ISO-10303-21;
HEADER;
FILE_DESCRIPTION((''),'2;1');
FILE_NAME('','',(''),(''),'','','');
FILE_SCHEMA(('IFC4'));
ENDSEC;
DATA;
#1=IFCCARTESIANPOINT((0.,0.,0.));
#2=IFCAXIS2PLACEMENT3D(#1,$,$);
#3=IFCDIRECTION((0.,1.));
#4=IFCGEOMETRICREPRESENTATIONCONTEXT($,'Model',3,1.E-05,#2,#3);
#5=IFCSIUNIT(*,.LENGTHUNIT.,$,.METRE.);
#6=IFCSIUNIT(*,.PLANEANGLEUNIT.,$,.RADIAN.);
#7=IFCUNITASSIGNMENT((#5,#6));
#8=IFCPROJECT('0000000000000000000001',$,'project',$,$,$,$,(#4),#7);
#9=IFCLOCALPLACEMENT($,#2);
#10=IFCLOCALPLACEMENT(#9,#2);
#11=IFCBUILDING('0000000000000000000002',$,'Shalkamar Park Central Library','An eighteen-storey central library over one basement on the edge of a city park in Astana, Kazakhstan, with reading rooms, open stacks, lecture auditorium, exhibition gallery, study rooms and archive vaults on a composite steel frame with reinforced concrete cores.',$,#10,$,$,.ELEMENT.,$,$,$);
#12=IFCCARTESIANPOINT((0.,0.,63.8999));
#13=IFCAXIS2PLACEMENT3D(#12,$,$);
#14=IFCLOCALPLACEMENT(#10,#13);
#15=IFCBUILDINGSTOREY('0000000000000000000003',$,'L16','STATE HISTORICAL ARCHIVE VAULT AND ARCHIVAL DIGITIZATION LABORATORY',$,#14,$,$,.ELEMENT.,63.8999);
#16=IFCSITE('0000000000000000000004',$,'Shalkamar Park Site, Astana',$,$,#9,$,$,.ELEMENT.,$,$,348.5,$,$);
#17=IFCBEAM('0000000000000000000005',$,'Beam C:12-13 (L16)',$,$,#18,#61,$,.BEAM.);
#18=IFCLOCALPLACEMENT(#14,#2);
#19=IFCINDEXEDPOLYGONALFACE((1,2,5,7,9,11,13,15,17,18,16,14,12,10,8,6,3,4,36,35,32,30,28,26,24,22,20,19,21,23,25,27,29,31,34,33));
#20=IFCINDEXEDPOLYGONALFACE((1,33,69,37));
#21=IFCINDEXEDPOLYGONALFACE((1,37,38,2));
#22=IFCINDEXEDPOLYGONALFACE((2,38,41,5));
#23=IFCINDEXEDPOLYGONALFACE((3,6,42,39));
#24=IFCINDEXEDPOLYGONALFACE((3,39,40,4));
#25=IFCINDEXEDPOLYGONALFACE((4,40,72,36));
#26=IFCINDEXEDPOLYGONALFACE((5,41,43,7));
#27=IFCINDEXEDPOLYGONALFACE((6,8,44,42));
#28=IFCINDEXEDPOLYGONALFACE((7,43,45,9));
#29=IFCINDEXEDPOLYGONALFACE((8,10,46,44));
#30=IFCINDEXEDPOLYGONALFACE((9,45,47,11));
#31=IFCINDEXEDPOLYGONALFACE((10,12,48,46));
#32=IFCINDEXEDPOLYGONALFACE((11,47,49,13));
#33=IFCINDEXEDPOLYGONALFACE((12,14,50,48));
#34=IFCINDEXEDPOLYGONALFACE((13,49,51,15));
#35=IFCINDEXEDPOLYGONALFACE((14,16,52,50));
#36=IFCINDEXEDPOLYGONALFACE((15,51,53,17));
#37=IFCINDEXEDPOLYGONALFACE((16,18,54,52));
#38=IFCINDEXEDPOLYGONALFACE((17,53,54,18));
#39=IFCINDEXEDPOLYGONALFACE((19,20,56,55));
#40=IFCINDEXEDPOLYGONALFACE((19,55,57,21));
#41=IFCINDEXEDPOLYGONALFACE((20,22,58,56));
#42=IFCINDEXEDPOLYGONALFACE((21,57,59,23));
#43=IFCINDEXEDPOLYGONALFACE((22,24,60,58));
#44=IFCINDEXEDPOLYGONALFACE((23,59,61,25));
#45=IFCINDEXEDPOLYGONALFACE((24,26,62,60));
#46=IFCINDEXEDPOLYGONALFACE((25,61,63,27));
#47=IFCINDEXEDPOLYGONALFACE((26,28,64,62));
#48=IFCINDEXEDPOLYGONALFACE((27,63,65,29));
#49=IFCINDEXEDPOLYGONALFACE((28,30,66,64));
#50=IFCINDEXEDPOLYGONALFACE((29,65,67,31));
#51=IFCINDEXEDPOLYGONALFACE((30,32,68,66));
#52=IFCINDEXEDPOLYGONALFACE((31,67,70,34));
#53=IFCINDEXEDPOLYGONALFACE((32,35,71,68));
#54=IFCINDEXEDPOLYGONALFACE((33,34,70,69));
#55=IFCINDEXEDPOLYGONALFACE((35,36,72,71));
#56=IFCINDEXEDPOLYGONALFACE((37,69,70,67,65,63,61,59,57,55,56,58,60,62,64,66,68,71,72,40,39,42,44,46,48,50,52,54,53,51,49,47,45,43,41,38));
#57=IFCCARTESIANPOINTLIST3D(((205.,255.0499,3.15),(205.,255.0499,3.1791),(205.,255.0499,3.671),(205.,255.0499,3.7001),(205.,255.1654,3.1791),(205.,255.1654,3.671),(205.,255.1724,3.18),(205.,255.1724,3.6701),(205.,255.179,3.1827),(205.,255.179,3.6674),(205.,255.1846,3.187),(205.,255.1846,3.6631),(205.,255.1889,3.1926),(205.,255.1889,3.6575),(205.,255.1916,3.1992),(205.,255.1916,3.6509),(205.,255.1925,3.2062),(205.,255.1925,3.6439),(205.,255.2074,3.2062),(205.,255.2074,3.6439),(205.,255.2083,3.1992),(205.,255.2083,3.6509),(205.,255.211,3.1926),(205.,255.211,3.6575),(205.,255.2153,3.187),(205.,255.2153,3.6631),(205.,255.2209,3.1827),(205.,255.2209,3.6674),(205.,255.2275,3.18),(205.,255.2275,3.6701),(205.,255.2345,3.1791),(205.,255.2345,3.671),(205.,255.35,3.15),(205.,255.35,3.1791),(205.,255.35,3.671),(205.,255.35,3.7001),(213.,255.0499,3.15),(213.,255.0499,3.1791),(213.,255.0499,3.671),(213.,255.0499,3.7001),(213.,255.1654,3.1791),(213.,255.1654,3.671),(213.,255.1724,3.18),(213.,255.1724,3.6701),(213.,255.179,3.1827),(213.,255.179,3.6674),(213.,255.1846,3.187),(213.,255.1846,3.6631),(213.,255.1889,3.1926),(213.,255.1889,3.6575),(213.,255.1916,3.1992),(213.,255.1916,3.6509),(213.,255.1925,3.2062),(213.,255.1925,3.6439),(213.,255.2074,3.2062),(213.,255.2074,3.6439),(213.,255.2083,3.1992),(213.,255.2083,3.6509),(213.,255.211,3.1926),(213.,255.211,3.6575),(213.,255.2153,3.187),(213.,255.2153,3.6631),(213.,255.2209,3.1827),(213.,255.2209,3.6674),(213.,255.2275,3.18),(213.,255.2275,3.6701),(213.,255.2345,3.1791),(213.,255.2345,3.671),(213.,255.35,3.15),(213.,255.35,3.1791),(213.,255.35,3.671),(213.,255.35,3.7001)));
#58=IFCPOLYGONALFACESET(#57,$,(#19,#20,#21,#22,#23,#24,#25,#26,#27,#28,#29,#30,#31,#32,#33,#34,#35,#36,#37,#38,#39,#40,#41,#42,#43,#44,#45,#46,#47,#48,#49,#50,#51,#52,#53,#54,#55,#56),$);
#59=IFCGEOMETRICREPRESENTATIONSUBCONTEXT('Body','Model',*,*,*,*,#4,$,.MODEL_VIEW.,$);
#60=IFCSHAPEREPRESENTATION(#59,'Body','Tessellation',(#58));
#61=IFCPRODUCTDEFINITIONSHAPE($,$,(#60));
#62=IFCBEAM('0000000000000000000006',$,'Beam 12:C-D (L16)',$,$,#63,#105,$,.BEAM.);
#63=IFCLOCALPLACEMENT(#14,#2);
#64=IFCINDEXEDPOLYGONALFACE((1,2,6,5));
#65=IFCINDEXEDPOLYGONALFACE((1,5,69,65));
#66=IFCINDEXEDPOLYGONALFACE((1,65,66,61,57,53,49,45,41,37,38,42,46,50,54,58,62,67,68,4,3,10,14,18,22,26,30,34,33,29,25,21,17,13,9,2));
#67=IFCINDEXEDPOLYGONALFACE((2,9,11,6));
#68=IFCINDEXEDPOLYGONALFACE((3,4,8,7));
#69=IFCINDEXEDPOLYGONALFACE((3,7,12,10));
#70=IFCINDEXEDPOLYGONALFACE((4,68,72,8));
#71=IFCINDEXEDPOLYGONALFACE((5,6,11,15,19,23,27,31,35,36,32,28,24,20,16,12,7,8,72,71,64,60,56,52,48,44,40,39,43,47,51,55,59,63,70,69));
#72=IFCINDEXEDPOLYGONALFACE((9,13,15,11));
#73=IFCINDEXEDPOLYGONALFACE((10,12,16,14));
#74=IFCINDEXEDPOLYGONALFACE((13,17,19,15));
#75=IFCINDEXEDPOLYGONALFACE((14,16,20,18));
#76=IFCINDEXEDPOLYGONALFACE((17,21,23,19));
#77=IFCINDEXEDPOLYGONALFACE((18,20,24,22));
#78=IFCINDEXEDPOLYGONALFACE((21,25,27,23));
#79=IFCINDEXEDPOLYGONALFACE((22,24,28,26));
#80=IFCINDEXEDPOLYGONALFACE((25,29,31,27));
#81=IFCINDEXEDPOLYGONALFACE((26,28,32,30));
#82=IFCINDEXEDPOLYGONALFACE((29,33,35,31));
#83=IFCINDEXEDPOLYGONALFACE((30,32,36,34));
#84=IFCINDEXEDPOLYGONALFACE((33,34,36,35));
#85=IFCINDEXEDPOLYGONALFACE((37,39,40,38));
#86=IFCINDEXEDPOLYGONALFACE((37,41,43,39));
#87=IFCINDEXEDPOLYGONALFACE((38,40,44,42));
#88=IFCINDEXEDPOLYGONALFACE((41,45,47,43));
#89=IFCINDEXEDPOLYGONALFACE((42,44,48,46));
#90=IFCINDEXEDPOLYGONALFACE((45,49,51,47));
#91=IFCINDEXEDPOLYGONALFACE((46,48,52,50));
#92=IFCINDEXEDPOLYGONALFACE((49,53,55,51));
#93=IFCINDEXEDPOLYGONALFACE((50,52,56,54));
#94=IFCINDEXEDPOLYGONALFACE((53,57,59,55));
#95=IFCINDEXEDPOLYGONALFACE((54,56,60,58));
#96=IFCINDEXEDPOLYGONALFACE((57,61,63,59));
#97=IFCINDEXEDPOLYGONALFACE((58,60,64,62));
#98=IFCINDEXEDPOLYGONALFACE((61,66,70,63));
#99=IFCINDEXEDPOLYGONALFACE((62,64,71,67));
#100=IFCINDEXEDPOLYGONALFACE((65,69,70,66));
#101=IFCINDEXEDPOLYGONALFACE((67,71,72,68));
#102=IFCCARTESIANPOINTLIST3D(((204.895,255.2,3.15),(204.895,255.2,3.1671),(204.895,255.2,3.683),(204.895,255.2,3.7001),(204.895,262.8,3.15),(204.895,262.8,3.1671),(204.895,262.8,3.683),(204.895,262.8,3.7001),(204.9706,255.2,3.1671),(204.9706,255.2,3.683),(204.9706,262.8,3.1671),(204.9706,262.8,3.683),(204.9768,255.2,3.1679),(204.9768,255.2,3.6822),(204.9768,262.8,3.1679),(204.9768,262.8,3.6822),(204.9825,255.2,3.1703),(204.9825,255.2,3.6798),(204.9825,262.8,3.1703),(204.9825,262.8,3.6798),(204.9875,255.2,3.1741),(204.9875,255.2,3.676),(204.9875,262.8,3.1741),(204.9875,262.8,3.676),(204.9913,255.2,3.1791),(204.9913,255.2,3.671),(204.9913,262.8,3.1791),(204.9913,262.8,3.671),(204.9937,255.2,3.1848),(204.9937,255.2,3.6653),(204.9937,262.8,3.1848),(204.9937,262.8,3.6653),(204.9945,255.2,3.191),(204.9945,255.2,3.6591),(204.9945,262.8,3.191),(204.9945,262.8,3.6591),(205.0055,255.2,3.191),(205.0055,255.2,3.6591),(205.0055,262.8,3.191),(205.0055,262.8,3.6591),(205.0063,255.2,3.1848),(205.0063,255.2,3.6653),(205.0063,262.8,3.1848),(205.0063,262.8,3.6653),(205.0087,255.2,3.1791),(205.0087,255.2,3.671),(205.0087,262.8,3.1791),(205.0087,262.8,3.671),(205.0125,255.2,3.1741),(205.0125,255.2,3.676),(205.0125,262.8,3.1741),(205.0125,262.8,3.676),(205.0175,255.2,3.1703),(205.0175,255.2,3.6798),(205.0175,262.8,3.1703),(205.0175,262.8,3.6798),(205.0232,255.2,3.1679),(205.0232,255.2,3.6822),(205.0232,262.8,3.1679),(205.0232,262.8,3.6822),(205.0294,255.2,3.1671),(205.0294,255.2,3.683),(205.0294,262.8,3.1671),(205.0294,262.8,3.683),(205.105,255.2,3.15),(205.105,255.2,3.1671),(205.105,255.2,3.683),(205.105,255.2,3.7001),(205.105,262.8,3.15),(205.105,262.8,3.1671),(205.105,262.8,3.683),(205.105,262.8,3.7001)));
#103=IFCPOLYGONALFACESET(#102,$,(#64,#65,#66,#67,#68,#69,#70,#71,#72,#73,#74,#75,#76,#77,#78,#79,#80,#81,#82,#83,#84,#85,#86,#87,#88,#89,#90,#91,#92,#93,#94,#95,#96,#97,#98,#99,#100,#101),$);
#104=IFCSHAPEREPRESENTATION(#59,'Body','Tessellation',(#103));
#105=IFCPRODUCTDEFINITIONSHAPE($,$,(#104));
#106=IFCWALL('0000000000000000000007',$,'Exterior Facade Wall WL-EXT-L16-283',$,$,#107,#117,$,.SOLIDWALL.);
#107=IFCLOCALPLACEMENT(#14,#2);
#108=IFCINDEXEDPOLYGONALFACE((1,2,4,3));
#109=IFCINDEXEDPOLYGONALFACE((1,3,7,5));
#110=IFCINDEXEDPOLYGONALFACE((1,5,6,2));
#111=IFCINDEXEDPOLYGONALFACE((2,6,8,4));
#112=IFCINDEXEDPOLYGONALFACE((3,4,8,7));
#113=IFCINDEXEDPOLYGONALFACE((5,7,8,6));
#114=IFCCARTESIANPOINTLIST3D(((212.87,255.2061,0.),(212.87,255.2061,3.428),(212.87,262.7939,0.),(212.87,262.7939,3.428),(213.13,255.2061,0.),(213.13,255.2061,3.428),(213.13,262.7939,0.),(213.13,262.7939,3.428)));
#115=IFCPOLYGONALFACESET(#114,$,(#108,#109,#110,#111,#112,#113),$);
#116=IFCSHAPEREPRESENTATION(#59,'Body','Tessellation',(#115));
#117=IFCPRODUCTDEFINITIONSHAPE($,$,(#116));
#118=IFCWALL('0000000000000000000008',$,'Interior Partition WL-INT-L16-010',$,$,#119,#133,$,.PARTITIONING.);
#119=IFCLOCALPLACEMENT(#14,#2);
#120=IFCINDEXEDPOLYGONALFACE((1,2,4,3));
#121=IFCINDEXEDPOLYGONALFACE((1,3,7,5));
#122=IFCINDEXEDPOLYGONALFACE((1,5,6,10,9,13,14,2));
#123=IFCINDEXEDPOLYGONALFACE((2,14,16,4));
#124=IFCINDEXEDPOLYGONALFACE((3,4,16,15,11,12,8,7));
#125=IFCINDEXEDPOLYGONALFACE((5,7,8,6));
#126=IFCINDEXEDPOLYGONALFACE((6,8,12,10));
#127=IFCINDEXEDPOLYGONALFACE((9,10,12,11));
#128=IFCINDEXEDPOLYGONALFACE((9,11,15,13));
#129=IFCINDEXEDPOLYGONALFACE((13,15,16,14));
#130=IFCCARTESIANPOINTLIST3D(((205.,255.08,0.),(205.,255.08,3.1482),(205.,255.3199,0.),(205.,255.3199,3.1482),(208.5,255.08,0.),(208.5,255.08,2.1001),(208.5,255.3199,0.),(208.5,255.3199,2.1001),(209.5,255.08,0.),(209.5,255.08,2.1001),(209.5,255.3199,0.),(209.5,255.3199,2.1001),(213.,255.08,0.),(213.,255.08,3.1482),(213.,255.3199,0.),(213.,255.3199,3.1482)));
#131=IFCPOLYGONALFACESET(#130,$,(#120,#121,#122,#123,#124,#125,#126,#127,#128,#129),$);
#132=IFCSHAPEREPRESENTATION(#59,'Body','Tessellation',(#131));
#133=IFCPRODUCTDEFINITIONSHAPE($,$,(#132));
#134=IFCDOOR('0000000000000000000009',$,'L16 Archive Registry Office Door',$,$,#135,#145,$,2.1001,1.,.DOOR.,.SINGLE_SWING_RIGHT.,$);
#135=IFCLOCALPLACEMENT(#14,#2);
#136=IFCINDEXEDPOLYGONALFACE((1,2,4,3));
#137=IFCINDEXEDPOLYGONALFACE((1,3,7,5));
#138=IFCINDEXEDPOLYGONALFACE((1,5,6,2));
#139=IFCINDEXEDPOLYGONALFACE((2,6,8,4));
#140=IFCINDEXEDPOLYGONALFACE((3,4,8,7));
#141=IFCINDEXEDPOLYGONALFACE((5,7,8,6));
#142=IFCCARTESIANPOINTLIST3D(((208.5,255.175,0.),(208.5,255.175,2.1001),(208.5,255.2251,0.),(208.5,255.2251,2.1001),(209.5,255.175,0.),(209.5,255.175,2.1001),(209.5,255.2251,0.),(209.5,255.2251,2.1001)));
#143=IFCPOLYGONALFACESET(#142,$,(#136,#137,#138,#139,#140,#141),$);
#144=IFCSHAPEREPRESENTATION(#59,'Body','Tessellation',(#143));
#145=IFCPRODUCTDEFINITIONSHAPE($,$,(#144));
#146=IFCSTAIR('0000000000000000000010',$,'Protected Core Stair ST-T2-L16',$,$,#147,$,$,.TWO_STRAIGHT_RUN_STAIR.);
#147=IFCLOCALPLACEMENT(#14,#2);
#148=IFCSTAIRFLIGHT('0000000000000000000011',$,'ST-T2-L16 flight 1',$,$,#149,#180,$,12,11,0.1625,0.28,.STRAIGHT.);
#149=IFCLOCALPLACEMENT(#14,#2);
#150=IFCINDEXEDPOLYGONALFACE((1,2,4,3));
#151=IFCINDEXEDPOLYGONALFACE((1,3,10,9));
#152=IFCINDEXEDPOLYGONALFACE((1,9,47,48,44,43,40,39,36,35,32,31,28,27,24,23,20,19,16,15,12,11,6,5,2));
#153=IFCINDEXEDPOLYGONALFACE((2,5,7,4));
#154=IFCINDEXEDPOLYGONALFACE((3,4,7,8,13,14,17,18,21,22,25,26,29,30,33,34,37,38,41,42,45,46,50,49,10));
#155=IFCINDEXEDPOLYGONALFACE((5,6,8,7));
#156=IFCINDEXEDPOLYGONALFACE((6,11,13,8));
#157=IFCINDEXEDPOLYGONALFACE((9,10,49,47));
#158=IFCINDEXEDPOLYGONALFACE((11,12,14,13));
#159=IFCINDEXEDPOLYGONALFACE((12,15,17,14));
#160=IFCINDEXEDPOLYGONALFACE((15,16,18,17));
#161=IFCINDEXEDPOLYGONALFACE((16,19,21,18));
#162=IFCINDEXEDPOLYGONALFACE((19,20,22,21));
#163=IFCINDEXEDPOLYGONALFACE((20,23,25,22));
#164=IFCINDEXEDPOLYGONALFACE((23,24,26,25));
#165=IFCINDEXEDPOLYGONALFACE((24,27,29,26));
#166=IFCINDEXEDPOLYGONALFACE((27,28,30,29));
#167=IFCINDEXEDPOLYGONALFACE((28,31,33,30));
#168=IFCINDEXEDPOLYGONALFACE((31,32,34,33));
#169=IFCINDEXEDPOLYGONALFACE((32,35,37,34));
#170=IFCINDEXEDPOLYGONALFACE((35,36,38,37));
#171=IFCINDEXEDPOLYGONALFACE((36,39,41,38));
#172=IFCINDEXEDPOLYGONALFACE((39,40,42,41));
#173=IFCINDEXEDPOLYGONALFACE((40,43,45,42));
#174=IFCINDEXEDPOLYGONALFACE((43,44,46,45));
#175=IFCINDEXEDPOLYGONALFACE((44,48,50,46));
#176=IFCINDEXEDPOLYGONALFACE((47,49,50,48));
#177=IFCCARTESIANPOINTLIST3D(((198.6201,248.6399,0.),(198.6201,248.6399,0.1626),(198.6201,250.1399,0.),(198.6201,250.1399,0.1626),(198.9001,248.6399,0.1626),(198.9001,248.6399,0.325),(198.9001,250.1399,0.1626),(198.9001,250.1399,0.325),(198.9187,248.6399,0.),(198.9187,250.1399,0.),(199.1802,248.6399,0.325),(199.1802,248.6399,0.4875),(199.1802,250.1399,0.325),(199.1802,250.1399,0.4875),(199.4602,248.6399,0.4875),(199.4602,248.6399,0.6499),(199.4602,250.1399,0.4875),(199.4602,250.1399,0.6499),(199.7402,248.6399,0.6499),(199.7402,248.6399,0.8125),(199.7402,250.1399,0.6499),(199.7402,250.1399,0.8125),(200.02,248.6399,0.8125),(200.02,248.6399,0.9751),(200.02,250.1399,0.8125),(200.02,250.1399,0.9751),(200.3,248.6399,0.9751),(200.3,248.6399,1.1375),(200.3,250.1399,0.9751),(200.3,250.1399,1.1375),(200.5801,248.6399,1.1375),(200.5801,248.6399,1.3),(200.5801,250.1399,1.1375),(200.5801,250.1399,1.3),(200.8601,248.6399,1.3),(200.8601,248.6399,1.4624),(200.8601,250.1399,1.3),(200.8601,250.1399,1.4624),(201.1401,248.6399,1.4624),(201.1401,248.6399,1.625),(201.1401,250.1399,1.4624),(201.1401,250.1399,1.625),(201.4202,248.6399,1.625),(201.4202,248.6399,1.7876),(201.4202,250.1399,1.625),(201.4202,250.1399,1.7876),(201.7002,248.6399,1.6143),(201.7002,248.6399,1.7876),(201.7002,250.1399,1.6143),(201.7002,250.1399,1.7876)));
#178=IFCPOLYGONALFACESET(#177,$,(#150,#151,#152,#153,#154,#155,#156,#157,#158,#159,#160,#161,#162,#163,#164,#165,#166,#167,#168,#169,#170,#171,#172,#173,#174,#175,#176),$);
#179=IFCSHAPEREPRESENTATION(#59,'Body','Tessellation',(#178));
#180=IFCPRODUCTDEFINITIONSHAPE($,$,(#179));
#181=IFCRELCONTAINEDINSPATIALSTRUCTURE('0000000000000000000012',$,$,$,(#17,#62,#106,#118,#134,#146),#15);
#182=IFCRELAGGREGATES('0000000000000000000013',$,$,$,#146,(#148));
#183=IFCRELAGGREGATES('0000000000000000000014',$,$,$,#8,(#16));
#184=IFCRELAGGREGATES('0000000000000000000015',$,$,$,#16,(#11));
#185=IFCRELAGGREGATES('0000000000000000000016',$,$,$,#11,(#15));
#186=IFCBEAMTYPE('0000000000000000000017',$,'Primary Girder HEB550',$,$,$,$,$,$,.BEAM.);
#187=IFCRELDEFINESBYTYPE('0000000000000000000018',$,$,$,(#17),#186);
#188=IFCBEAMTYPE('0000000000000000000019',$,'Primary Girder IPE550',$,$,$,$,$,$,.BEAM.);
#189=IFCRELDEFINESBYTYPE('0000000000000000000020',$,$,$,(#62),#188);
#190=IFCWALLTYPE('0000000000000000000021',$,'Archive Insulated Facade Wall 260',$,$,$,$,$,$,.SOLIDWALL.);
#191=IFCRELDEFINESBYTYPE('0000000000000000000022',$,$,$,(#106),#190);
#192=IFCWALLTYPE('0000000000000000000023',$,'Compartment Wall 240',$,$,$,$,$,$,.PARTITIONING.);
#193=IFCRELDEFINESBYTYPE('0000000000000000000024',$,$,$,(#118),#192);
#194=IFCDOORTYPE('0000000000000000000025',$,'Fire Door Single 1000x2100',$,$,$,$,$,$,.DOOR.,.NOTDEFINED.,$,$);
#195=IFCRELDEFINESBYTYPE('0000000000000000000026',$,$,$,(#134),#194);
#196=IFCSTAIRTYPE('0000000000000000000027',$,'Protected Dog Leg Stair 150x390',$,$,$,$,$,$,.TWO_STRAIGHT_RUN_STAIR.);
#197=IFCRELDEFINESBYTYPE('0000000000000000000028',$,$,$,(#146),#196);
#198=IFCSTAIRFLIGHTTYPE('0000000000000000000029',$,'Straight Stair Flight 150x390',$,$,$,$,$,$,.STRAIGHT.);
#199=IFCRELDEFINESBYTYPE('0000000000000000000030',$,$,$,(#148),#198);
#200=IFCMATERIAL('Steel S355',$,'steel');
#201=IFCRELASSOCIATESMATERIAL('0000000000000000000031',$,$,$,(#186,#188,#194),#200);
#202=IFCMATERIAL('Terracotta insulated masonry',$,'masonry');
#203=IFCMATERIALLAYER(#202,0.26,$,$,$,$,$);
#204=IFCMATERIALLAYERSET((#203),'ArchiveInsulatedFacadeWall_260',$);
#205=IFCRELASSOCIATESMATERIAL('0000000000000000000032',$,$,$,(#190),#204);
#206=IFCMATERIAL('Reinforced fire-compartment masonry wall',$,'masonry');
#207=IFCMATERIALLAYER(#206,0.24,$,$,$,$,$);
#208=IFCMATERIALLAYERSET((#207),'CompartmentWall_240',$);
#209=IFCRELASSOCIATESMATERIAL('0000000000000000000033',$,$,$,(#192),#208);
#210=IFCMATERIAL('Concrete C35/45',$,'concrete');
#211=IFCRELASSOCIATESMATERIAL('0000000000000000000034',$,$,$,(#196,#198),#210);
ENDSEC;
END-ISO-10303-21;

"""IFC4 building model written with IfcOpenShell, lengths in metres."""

from ifc_helpers import new_model, si_unit, direction, frame, frame_2d, origin, origin_2d, place, context, subcontext, project, spatial, polyline, rectangle, i_section, outline, extrude, material, layer, layer_set, material_profile, profile_set, type_object, element, fill, aggregate, save


model = new_model("IFC4")

# Units and contexts
model_context = context("Model", 3, precision=1e-05, world=origin(), true_north=direction((0.0, 1.0)))
body_context = subcontext(model_context, "Body", "Model", "MODEL_VIEW")
ifc_project = project(units=[si_unit("LENGTHUNIT", "METRE"), si_unit("PLANEANGLEUNIT", "RADIAN")], contexts=[model_context])

# Site, building, storey
site_placement = place(None, origin())
site = spatial("IfcSite", under=ifc_project, at=site_placement, Name="Shalkamar Park Site, Astana", CompositionType="ELEMENT", RefElevation=348.5)
building_placement = place(site_placement, origin())
building = spatial("IfcBuilding", under=site, at=building_placement, Name="Shalkamar Park Central Library", Description="An eighteen-storey central library over one basement on the edge of a city park in Astana, Kazakhstan, with reading rooms, open stacks, lecture auditorium, exhibition gallery, study rooms and archive vaults on a composite steel frame with reinforced concrete cores.", CompositionType="ELEMENT")
storey_placement = place(building_placement, frame((0.0, 0.0, 63.8999)))
storey = spatial("IfcBuildingStorey", under=building, at=storey_placement, Name="L16", Description="STATE HISTORICAL ARCHIVE VAULT AND ARCHIVAL DIGITIZATION LABORATORY", CompositionType="ELEMENT", Elevation=63.8999)

# Shared definitions
ifc_material_1 = material(Name="Steel S355", Category="steel")

# Beams
ifc_material_profile_1 = material_profile(ifc_material_1, i_section(OverallWidth=0.3, OverallDepth=0.55, WebThickness=0.0149, FlangeThickness=0.0291, FilletRadius=0.0271, at=origin_2d()), Name="HEB 550")
ifc_profile_set_1 = profile_set([ifc_material_profile_1], Name="Steel S355")
beam_type_1 = type_object("IfcBeamType", Name="Primary Girder HEB550", PredefinedType="BEAM", material=ifc_profile_set_1)
beam_1_placement = place(storey_placement, frame((205.0, 255.2, 3.425), z_axis=(1.0, 0.0, 0.0), x_axis=(0.0, 1.0, 0.0)))
element("IfcBeam", 1, at=beam_1_placement, inside=storey, type_object=beam_type_1, Name="Beam C:12-13 (L16)", PredefinedType="BEAM", context=body_context, shape_type="SweptSolid", body=[
    extrude(i_section(OverallWidth=0.3, OverallDepth=0.55, WebThickness=0.0149, FlangeThickness=0.0291, FilletRadius=0.0271, at=origin_2d()), origin(), (0.0, 0.0, 1.0), 8.0),
])
ifc_material_profile_2 = material_profile(ifc_material_1, i_section(OverallWidth=0.21, OverallDepth=0.55, WebThickness=0.011, FlangeThickness=0.0171, FilletRadius=0.0239, at=origin_2d()), Name="IPE 550")
ifc_profile_set_2 = profile_set([ifc_material_profile_2], Name="Steel S355")
beam_type_2 = type_object("IfcBeamType", Name="Primary Girder IPE550", PredefinedType="BEAM", material=ifc_profile_set_2)
beam_2_placement = place(storey_placement, frame((205.0, 255.2, 3.425), z_axis=(0.0, 1.0, 0.0), x_axis=(-1.0, 0.0, 0.0)))
element("IfcBeam", 2, at=beam_2_placement, inside=storey, type_object=beam_type_2, Name="Beam 12:C-D (L16)", PredefinedType="BEAM", context=body_context, shape_type="SweptSolid", body=[
    extrude(i_section(OverallWidth=0.21, OverallDepth=0.55, WebThickness=0.011, FlangeThickness=0.0171, FilletRadius=0.0239, at=origin_2d()), origin(), (0.0, 0.0, 1.0), 7.6001),
])

# Wall
ifc_material_2 = material(Name="Terracotta insulated masonry", Category="masonry")
ifc_layer_1 = layer(ifc_material_2, 0.26)
ifc_layer_set_1 = layer_set([ifc_layer_1], Name="ArchiveInsulatedFacadeWall_260")
wall_type_1 = type_object("IfcWallType", Name="Archive Insulated Facade Wall 260", PredefinedType="SOLIDWALL", material=ifc_layer_set_1)
wall_1_placement = place(storey_placement, frame((213.0, 255.2061, 0.0), z_axis=(0.0, 0.0, 1.0), x_axis=(0.0, 1.0, 0.0)))
element("IfcWall", 3, at=wall_1_placement, inside=storey, type_object=wall_type_1, Name="Exterior Facade Wall WL-EXT-L16-283", PredefinedType="SOLIDWALL", context=body_context, shape_type="SweptSolid", body=[
    extrude(rectangle(XDim=7.5879, YDim=0.26, at=frame_2d((3.7939, 0.0))), origin(), (0.0, 0.0, 1.0), 3.428),
])

# Wall, opening, door
ifc_material_3 = material(Name="Reinforced fire-compartment masonry wall", Category="masonry")
ifc_layer_2 = layer(ifc_material_3, 0.24)
ifc_layer_set_2 = layer_set([ifc_layer_2], Name="CompartmentWall_240")
wall_type_2 = type_object("IfcWallType", Name="Compartment Wall 240", PredefinedType="PARTITIONING", material=ifc_layer_set_2)
wall_2_placement = place(storey_placement, frame((205.0, 255.2, 0.0), z_axis=(0.0, 0.0, 1.0), x_axis=(1.0, 0.0, 0.0)))
wall_2 = element("IfcWall", 4, at=wall_2_placement, inside=storey, type_object=wall_type_2, Name="Interior Partition WL-INT-L16-010", PredefinedType="PARTITIONING", context=body_context, shape_type="SweptSolid", body=[
    extrude(rectangle(XDim=8.0, YDim=0.24, at=frame_2d((4.0, 0.0))), origin(), (0.0, 0.0, 1.0), 3.1482),
])
opening_placement = place(wall_2_placement, frame((3.5, 0.0, 0.0)))
opening = element("IfcOpeningElement", 5, at=opening_placement, cuts=wall_2, PredefinedType="OPENING", context=body_context, shape_type="SweptSolid", body=[
    extrude(rectangle(XDim=1.0, YDim=2.1001, at=frame_2d((0.5, 1.05))), frame((0.0, 0.1348, 0.0), z_axis=(0.0, -1.0, 0.0), x_axis=(1.0, 0.0, 0.0)), (0.0, 0.0, 1.0), 0.2698),
])
door_type = type_object("IfcDoorType", Name="Fire Door Single 1000x2100", OperationType="NOTDEFINED", PredefinedType="DOOR", material=ifc_material_1)
door_placement = place(opening_placement, frame((1.0, 0.0, 0.0), z_axis=(0.0, 0.0, 1.0), x_axis=(-1.0, 0.0, 0.0)))
door = element("IfcDoor", 6, at=door_placement, inside=storey, type_object=door_type, Name="L16 Archive Registry Office Door", OperationType="SINGLE_SWING_RIGHT", OverallHeight=2.1001, OverallWidth=1.0, PredefinedType="DOOR", context=body_context, shape_type="SweptSolid", body=[
    extrude(rectangle(XDim=1.0, YDim=2.1001, at=frame_2d((0.5, 1.05))), frame((0.0, 0.0249, 0.0), z_axis=(0.0, -1.0, 0.0), x_axis=(1.0, 0.0, 0.0)), (0.0, 0.0, 1.0), 0.05),
])
fill(opening, door)

# Stair, stair flight
ifc_material_4 = material(Name="Concrete C35/45", Category="concrete")
stair_type = type_object("IfcStairType", Name="Protected Dog Leg Stair 150x390", PredefinedType="TWO_STRAIGHT_RUN_STAIR", material=ifc_material_4)
stair_placement = place(storey_placement, origin())
stair = element("IfcStair", 7, at=stair_placement, inside=storey, type_object=stair_type, Name="Protected Core Stair ST-T2-L16", PredefinedType="TWO_STRAIGHT_RUN_STAIR")
stair_flight_type = type_object("IfcStairFlightType", Name="Straight Stair Flight 150x390", PredefinedType="STRAIGHT", material=ifc_material_4)
stair_flight_1_placement = place(storey_placement, frame((198.6201, 249.3899, 0.0), z_axis=(0.0, 0.0, 1.0), x_axis=(1.0, 0.0, 0.0)))
stair_flight_1 = element("IfcStairFlight", 8, at=stair_flight_1_placement, type_object=stair_flight_type, Name="ST-T2-L16 flight 1", NumberOfRisers=12, NumberOfTreads=11, PredefinedType="STRAIGHT", RiserHeight=0.1625, TreadLength=0.28, context=body_context, shape_type="SweptSolid", body=[
    extrude(outline(polyline([(0.0, 0.0), (0.0, 0.1626), (0.28, 0.1626), (0.28, 0.325), (0.5601, 0.325), (0.5601, 0.4875), (0.8401, 0.4875), (0.8401, 0.6499), (1.1201, 0.6499), (1.1201, 0.8125), (1.3999, 0.8125), (1.3999, 0.9751), (1.6799, 0.9751), (1.6799, 1.1375), (1.96, 1.1375), (1.96, 1.3), (2.24, 1.3), (2.24, 1.4624), (2.52, 1.4624), (2.52, 1.625), (2.8, 1.625), (2.8, 1.7876), (3.0801, 1.7876), (3.0801, 1.95), (3.0801, 1.6143), (0.2986, 0.0), (0.0, 0.0)])), frame((0.0, 0.75, 0.0), z_axis=(0.0, -1.0, 0.0), x_axis=(1.0, 0.0, 0.0)), (0.0, 0.0, 1.0), 1.5),
])
aggregate(stair, [stair_flight_1])

save(model, "model.ifc")
